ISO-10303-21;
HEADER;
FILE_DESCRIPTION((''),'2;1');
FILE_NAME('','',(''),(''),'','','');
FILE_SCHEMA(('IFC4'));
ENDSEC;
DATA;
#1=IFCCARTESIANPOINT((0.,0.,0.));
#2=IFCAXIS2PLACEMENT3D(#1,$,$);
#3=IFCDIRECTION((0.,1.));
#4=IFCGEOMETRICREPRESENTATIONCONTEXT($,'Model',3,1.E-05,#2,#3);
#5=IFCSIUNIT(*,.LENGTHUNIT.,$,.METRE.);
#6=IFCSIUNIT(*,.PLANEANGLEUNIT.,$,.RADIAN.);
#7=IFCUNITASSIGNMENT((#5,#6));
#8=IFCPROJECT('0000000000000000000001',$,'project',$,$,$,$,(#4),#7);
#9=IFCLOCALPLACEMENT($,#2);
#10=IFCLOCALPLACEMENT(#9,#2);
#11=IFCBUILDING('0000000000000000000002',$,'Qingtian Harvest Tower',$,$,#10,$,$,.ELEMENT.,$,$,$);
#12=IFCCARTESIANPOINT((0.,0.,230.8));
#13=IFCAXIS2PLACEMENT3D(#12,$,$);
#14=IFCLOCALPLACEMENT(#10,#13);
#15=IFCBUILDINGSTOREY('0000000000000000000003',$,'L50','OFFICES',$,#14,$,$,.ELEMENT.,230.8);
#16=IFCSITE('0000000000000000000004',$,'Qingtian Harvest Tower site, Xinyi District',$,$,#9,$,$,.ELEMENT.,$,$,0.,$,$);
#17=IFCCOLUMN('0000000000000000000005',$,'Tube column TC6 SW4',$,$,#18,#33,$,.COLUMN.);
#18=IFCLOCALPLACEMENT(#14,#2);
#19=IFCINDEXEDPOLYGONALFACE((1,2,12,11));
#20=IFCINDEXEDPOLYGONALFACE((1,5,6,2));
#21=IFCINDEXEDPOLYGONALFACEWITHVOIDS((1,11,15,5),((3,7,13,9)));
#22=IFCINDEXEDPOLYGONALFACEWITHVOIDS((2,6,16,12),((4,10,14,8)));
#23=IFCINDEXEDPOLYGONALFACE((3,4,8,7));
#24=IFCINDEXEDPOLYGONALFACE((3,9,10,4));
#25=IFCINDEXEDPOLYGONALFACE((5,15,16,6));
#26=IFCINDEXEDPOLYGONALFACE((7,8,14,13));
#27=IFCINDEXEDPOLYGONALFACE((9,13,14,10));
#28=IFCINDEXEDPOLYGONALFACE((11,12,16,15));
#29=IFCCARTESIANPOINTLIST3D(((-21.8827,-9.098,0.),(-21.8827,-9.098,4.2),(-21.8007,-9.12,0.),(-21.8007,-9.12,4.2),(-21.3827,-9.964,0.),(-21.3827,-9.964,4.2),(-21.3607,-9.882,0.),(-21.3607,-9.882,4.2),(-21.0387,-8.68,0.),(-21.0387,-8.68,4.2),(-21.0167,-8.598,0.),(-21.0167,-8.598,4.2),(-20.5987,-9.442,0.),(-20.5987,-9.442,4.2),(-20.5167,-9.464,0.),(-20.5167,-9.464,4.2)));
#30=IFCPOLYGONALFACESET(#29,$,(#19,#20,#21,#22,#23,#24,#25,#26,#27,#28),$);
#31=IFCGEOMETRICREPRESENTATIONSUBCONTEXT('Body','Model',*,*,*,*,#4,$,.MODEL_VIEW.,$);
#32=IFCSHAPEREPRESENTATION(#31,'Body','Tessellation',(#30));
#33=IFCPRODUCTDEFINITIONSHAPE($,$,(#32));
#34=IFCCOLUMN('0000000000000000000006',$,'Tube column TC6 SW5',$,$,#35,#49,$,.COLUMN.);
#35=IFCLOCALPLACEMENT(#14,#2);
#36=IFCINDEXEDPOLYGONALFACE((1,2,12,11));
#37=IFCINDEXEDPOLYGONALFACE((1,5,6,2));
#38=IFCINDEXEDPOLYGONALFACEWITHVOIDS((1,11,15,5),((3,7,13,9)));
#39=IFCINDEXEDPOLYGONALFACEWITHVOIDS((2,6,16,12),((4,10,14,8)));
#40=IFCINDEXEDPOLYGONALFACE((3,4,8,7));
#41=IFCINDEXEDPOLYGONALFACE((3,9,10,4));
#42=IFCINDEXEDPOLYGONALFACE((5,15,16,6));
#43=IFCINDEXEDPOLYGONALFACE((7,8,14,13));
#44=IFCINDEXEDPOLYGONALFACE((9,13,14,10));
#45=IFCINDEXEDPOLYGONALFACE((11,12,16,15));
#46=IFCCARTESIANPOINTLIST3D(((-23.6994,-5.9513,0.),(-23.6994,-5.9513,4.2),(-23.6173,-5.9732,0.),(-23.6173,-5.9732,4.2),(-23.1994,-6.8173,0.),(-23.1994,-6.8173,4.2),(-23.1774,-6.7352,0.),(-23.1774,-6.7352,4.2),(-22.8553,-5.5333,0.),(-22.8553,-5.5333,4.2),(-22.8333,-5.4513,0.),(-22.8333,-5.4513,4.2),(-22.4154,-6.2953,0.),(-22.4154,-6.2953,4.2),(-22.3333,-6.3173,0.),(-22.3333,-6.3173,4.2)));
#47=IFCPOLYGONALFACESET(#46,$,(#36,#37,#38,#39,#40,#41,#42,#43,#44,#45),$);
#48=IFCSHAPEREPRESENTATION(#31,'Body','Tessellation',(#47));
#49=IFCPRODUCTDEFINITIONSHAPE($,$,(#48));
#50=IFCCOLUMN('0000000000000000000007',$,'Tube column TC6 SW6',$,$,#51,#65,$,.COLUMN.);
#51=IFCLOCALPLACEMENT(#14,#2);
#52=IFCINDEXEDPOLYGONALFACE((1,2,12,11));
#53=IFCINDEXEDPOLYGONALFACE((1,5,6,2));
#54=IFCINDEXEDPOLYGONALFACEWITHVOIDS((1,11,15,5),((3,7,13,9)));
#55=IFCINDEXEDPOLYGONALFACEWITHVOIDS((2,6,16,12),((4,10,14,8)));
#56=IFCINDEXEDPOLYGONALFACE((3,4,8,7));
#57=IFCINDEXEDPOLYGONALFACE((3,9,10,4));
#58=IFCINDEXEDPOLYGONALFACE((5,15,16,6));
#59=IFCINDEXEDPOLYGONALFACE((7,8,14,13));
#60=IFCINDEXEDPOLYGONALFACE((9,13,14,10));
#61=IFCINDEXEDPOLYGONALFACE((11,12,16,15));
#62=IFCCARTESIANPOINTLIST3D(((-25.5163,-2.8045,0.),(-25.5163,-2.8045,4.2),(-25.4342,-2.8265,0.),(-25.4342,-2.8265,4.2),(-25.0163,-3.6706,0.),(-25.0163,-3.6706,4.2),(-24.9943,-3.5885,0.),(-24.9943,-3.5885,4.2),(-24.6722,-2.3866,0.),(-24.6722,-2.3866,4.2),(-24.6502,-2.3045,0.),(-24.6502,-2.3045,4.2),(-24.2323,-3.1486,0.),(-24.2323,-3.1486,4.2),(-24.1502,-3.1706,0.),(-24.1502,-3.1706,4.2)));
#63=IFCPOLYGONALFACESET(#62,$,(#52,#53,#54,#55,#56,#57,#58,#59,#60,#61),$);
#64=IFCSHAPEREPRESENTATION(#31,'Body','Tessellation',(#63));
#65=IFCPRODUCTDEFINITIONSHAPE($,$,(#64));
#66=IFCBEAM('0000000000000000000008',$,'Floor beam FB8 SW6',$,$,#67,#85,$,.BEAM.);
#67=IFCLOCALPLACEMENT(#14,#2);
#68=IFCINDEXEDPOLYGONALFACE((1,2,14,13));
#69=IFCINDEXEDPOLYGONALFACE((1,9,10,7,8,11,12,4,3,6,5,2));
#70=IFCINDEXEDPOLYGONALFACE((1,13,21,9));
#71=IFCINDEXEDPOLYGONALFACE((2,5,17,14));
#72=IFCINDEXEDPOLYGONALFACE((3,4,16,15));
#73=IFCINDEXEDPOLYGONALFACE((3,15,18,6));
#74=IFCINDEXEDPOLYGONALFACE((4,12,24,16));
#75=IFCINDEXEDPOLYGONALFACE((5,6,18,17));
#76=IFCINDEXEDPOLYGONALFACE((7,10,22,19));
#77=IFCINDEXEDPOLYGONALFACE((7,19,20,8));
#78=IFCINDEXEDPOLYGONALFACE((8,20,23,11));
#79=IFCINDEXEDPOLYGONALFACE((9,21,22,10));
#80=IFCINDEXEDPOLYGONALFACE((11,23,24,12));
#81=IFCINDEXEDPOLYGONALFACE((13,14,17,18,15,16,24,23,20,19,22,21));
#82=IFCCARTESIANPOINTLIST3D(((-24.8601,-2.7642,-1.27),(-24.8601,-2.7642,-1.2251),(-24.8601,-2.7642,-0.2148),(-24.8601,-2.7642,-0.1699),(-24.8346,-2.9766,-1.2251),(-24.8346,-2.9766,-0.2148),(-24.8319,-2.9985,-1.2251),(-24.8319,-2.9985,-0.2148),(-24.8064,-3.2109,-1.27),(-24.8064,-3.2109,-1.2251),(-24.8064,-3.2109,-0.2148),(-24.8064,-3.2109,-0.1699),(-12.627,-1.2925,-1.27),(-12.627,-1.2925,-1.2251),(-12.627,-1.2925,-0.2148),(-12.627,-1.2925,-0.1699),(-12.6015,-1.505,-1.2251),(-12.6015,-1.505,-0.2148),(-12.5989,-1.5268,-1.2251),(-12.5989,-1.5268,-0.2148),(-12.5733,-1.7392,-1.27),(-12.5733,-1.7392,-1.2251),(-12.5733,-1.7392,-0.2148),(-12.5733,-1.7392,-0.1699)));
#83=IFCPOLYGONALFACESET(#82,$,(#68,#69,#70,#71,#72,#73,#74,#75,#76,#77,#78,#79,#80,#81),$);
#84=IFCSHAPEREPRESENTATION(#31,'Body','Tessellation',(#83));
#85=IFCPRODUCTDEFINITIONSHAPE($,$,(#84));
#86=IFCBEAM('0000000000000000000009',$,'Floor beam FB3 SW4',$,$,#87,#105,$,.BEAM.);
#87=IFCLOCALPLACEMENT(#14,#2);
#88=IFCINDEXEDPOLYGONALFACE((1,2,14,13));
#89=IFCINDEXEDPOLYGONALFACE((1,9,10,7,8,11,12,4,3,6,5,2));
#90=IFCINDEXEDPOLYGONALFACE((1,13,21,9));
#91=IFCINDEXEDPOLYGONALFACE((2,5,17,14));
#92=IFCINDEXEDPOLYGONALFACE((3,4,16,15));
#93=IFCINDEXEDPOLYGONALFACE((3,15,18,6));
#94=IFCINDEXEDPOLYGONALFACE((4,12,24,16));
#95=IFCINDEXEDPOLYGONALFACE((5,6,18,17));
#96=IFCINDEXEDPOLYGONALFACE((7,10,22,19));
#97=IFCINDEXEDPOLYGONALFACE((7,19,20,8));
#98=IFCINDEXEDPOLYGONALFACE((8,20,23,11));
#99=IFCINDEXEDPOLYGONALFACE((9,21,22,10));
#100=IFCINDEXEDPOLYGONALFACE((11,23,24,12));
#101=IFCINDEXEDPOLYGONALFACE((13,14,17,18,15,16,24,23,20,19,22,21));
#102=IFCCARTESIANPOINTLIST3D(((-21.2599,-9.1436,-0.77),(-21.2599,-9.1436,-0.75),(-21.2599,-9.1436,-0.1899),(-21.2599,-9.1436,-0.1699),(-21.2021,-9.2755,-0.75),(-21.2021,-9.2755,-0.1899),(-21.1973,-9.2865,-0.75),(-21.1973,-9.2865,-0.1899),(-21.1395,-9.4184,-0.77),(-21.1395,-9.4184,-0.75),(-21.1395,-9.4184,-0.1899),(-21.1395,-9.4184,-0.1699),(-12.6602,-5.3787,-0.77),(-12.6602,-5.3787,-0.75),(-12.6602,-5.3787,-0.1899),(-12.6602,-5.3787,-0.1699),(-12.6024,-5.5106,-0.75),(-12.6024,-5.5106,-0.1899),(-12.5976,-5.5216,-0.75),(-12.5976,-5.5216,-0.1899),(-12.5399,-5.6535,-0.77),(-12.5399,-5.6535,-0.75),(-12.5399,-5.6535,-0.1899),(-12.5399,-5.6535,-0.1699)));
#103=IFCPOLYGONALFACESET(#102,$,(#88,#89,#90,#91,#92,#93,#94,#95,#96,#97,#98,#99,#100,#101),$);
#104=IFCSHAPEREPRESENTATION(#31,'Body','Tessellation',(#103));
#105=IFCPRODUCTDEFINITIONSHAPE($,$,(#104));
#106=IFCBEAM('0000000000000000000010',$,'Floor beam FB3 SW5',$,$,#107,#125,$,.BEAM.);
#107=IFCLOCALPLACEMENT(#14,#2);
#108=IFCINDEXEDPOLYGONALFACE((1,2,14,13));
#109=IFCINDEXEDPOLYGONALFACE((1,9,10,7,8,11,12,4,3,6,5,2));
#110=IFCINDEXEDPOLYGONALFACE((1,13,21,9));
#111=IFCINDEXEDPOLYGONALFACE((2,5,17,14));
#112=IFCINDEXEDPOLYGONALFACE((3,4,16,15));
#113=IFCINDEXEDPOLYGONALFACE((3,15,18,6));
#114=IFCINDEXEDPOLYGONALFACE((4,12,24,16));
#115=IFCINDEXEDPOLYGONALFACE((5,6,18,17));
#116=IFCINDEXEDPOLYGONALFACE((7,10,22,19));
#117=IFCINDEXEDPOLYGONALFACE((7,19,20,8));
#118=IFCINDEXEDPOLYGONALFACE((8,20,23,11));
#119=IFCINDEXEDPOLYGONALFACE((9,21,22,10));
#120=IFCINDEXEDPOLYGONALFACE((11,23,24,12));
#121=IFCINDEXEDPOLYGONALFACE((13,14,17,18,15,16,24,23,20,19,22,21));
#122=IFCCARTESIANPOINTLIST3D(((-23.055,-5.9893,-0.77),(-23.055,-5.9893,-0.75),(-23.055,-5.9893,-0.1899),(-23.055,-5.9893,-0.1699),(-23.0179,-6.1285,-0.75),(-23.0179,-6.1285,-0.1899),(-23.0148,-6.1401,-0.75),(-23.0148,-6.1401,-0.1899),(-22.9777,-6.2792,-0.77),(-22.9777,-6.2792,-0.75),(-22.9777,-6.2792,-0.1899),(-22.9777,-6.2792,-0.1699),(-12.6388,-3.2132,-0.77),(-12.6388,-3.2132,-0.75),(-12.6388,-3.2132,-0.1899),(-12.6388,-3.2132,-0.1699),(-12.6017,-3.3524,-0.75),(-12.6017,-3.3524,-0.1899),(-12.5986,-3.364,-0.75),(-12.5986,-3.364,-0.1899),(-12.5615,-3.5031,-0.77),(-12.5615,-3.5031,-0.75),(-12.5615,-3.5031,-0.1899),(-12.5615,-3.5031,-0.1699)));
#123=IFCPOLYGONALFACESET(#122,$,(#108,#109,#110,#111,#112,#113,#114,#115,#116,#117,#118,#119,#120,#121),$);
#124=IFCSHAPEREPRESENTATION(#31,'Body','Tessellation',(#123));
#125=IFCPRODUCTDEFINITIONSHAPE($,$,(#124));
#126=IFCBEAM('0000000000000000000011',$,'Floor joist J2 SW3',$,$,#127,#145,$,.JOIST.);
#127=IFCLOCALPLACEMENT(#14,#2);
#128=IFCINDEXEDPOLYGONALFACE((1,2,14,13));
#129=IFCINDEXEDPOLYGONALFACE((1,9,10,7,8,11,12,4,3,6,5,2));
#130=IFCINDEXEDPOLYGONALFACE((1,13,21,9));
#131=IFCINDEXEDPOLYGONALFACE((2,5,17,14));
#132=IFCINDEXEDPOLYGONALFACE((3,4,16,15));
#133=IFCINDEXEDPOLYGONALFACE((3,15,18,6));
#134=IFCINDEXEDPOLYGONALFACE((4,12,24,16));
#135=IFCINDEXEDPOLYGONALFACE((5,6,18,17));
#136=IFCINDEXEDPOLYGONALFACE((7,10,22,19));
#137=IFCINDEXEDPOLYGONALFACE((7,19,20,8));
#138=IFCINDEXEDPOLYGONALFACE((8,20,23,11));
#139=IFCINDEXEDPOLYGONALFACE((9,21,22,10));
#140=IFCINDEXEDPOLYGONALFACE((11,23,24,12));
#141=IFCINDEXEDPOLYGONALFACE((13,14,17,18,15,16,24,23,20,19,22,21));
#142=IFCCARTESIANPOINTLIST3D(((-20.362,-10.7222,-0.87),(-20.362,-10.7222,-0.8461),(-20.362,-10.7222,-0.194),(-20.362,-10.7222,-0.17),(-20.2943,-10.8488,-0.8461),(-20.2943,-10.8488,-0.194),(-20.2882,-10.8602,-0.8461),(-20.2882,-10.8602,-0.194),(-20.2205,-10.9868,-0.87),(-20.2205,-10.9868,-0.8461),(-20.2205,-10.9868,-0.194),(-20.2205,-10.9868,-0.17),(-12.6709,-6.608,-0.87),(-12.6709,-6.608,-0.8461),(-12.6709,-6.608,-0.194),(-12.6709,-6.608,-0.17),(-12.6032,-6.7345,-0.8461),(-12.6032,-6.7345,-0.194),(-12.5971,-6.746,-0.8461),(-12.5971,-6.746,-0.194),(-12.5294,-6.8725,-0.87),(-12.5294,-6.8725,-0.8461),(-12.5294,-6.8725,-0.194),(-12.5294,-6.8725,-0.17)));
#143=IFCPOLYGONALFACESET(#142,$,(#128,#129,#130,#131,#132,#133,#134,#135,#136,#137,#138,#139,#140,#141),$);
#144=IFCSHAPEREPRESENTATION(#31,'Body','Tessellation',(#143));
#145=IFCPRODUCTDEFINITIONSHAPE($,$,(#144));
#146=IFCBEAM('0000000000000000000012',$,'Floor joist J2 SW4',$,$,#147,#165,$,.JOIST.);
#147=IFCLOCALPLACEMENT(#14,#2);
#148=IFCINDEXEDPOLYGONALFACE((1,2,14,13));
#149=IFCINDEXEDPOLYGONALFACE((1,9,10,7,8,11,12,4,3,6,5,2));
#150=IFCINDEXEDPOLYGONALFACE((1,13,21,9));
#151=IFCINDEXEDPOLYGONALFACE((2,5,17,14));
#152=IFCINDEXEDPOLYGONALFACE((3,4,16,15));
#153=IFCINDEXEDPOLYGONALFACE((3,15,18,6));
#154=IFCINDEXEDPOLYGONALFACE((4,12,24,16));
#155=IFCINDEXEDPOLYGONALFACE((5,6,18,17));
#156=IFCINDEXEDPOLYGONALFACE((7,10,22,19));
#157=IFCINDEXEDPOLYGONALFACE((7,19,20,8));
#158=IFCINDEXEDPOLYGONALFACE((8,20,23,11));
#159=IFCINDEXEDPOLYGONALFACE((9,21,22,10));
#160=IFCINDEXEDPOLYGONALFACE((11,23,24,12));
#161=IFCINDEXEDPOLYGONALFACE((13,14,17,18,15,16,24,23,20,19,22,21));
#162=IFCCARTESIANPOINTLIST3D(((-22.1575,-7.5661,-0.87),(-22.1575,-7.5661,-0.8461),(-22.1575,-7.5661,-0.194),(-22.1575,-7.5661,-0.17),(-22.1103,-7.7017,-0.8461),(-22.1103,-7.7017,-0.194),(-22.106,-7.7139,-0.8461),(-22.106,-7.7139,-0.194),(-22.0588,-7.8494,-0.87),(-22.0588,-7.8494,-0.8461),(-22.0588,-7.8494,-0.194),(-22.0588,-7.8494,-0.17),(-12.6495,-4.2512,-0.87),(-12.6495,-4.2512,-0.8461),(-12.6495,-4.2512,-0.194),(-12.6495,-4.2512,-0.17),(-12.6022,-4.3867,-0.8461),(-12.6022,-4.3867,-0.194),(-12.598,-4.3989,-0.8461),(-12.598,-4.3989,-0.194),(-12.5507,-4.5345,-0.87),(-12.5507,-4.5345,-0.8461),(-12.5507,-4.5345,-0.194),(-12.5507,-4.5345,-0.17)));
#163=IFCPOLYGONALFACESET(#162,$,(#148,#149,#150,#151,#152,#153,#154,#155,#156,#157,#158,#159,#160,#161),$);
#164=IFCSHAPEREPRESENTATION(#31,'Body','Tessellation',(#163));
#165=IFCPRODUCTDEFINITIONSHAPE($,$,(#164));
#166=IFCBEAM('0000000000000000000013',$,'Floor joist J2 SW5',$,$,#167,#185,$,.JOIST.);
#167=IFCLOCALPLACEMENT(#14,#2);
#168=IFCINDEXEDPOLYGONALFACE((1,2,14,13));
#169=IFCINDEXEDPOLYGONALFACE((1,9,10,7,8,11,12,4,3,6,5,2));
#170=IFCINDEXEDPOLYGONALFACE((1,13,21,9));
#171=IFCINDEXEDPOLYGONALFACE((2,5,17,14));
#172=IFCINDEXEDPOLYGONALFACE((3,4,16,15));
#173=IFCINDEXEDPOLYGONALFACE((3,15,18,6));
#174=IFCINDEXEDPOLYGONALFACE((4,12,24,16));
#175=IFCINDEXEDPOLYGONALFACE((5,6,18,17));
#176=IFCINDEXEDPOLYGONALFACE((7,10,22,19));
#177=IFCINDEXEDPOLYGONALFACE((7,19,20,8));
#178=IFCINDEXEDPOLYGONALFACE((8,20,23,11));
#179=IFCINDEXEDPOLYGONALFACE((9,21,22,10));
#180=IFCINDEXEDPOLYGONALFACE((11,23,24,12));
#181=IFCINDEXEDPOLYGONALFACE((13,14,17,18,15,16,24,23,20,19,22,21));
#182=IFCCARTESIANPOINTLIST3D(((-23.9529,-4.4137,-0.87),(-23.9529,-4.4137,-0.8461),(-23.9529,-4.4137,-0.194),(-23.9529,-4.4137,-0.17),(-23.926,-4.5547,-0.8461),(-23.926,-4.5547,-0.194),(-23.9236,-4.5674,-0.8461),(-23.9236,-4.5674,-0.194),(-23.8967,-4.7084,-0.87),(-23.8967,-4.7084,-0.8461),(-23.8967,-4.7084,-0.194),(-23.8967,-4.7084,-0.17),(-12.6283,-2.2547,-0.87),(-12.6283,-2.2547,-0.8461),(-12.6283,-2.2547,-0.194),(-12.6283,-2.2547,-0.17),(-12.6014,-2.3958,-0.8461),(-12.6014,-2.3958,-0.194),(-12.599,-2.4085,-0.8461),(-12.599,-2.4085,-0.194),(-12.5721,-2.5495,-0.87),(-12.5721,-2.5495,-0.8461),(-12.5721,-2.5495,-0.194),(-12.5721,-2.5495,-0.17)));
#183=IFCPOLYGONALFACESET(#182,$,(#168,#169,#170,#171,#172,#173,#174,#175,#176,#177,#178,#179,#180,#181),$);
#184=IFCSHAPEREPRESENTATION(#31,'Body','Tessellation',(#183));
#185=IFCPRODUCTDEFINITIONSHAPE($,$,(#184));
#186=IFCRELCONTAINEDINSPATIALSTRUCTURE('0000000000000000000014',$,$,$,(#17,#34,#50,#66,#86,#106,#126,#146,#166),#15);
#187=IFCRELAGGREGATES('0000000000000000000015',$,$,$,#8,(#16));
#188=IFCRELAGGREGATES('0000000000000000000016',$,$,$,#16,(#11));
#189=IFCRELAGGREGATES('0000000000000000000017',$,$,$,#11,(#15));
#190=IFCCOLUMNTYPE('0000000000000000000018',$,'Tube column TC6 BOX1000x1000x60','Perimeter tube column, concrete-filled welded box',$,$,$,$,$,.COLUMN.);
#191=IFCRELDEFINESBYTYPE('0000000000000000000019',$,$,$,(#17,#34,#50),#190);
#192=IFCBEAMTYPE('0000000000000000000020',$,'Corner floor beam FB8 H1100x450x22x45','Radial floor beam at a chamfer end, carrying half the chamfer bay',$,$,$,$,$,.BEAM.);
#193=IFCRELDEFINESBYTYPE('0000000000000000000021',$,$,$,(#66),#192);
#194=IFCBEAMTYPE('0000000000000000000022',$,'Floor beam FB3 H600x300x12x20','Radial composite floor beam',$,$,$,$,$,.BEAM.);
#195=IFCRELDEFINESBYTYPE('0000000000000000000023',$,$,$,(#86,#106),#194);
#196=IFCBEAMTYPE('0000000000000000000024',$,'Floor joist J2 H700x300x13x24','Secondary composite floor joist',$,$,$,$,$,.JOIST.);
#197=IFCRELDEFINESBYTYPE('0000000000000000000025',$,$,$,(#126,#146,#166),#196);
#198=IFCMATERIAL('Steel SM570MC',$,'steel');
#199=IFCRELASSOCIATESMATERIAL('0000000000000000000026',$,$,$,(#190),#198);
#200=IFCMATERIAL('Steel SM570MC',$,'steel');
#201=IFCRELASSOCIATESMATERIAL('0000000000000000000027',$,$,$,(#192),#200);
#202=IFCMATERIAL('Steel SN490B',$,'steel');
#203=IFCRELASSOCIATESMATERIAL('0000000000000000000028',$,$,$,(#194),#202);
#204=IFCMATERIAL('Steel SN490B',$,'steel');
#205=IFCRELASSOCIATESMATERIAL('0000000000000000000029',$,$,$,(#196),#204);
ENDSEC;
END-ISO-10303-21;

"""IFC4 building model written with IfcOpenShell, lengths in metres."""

from ifc_helpers import new_model, si_unit, direction, frame, origin, origin_2d, place, context, subcontext, project, spatial, hollow_rectangle, i_section, extrude, material, material_profile, profile_set, type_object, element, save


model = new_model("IFC4")

# Units and contexts
model_context = context("Model", 3, precision=1e-05, world=origin(), true_north=direction((0.0, 1.0)))
body_context = subcontext(model_context, "Body", "Model", "MODEL_VIEW")
ifc_project = project(units=[si_unit("LENGTHUNIT", "METRE"), si_unit("PLANEANGLEUNIT", "RADIAN")], contexts=[model_context])

# Site, building, storey
site_placement = place(None, origin())
site = spatial("IfcSite", under=ifc_project, at=site_placement, Name="Qingtian Harvest Tower site, Xinyi District", CompositionType="ELEMENT", RefElevation=0.0)
building_placement = place(site_placement, origin())
building = spatial("IfcBuilding", under=site, at=building_placement, Name="Qingtian Harvest Tower", CompositionType="ELEMENT")
storey_placement = place(building_placement, frame((0.0, 0.0, 230.8)))
storey = spatial("IfcBuildingStorey", under=building, at=storey_placement, Name="L50", Description="OFFICES", CompositionType="ELEMENT", Elevation=230.8)

# Columns
ifc_material_1 = material(Name="Steel SM570MC", Category="steel")
ifc_material_profile_1 = material_profile(ifc_material_1, hollow_rectangle(XDim=1.0, YDim=1.0, WallThickness=0.0601, at=origin_2d()), Name="BOX1000x1000x60")
ifc_profile_set_1 = profile_set([ifc_material_profile_1], Name="Steel SM570MC")
column_type = type_object("IfcColumnType", Name="Tube column TC6 BOX1000x1000x60", Description="Perimeter tube column, concrete-filled welded box", PredefinedType="COLUMN", material=ifc_profile_set_1)
for number, where, z_axis, x_axis, name in (
    (1, (-21.1997, -9.281, 0.0), (0.0, 0.0, 1.0), (0.5, -0.866025, 0.0), "Tube column TC6 SW4"),
    (2, (-23.0164, -6.1343, 0.0), (0.0, 0.0, 1.0), (0.5, -0.866025, 0.0), "Tube column TC6 SW5"),
    (3, (-24.8333, -2.9875, 0.0), (0.0, 0.0, 1.0), (0.5, -0.866025, 0.0), "Tube column TC6 SW6"),
):
    element("IfcColumn", number, at=place(storey_placement, frame(where, z_axis=z_axis, x_axis=x_axis)), inside=storey, type_object=column_type, Name=name, PredefinedType="COLUMN", context=body_context, shape_type="SweptSolid", body=[
        extrude(hollow_rectangle(XDim=1.0, YDim=1.0, WallThickness=0.0601, at=origin_2d()), origin(), (0.0, 0.0, 1.0), 4.2),
    ])

# Beams
ifc_material_2 = material(Name="Steel SM570MC", Category="steel")
ifc_material_profile_2 = material_profile(ifc_material_2, i_section(OverallWidth=0.45, OverallDepth=1.1001, WebThickness=0.022, FlangeThickness=0.0449, at=origin_2d()), Name="H1100x450x22x45")
ifc_profile_set_2 = profile_set([ifc_material_profile_2], Name="Steel SM570MC")
beam_type_1 = type_object("IfcBeamType", Name="Corner floor beam FB8 H1100x450x22x45", Description="Radial floor beam at a chamfer end, carrying half the chamfer bay", PredefinedType="BEAM", material=ifc_profile_set_2)
beam_1_placement = place(storey_placement, frame((-24.8333, -2.9875, -0.72), z_axis=(0.992841, 0.119441, 0.0), x_axis=(-0.119441, 0.992841, 0.0)))
element("IfcBeam", 4, at=beam_1_placement, inside=storey, type_object=beam_type_1, Name="Floor beam FB8 SW6", PredefinedType="BEAM", context=body_context, shape_type="SweptSolid", body=[
    extrude(i_section(OverallWidth=0.45, OverallDepth=1.1001, WebThickness=0.022, FlangeThickness=0.0449, at=origin_2d()), origin(), (0.0, 0.0, 1.0), 12.3213),
])
ifc_material_3 = material(Name="Steel SN490B", Category="steel")
ifc_material_profile_3 = material_profile(ifc_material_3, i_section(OverallWidth=0.3, OverallDepth=0.6001, WebThickness=0.012, FlangeThickness=0.02, at=origin_2d()), Name="H600x300x12x20")
ifc_profile_set_3 = profile_set([ifc_material_profile_3], Name="Steel SN490B")
beam_type_2 = type_object("IfcBeamType", Name="Floor beam FB3 H600x300x12x20", Description="Radial composite floor beam", PredefinedType="BEAM", material=ifc_profile_set_3)
beam_2_placement = place(storey_placement, frame((-21.1997, -9.281, -0.47), z_axis=(0.916057, 0.401048, 0.0), x_axis=(-0.401048, 0.916057, 0.0)))
element("IfcBeam", 5, at=beam_2_placement, inside=storey, type_object=beam_type_2, Name="Floor beam FB3 SW4", PredefinedType="BEAM", context=body_context, shape_type="SweptSolid", body=[
    extrude(i_section(OverallWidth=0.3, OverallDepth=0.6001, WebThickness=0.012, FlangeThickness=0.02, at=origin_2d()), origin(), (0.0, 0.0, 1.0), 9.3877),
])
beam_3_placement = place(storey_placement, frame((-23.0164, -6.1343, -0.47), z_axis=(0.966271, 0.257529, 0.0), x_axis=(-0.257529, 0.966271, 0.0)))
element("IfcBeam", 6, at=beam_3_placement, inside=storey, type_object=beam_type_2, Name="Floor beam FB3 SW5", PredefinedType="BEAM", context=body_context, shape_type="SweptSolid", body=[
    extrude(i_section(OverallWidth=0.3, OverallDepth=0.6001, WebThickness=0.012, FlangeThickness=0.02, at=origin_2d()), origin(), (0.0, 0.0, 1.0), 10.7798),
])
ifc_material_4 = material(Name="Steel SN490B", Category="steel")
ifc_material_profile_4 = material_profile(ifc_material_4, i_section(OverallWidth=0.3, OverallDepth=0.7, WebThickness=0.0129, FlangeThickness=0.0239, at=origin_2d()), Name="H700x300x13x24")
ifc_profile_set_4 = profile_set([ifc_material_profile_4], Name="Steel SN490B")
beam_type_3 = type_object("IfcBeamType", Name="Floor joist J2 H700x300x13x24", Description="Secondary composite floor joist", PredefinedType="JOIST", material=ifc_profile_set_4)
beam_4_placement = place(storey_placement, frame((-20.2913, -10.8545, -0.52), z_axis=(0.881767, 0.471686, 0.0), x_axis=(-0.471686, 0.881767, 0.0)))
element("IfcBeam", 7, at=beam_4_placement, inside=storey, type_object=beam_type_3, Name="Floor joist J2 SW3", PredefinedType="JOIST", context=body_context, shape_type="SweptSolid", body=[
    extrude(i_section(OverallWidth=0.3, OverallDepth=0.7, WebThickness=0.0129, FlangeThickness=0.0239, at=origin_2d()), origin(), (0.0, 0.0, 1.0), 8.7224),
])
beam_5_placement = place(storey_placement, frame((-22.1082, -7.7078, -0.52), z_axis=(0.944256, 0.329211, 0.0), x_axis=(-0.329211, 0.944256, 0.0)))
element("IfcBeam", 8, at=beam_5_placement, inside=storey, type_object=beam_type_3, Name="Floor joist J2 SW4", PredefinedType="JOIST", context=body_context, shape_type="SweptSolid", body=[
    extrude(i_section(OverallWidth=0.3, OverallDepth=0.7, WebThickness=0.0129, FlangeThickness=0.0239, at=origin_2d()), origin(), (0.0, 0.0, 1.0), 10.0693),
])
beam_6_placement = place(storey_placement, frame((-23.9248, -4.561, -0.52), z_axis=(0.982309, 0.187267, 0.0), x_axis=(-0.187267, 0.982309, 0.0)))
element("IfcBeam", 9, at=beam_6_placement, inside=storey, type_object=beam_type_3, Name="Floor joist J2 SW5", PredefinedType="JOIST", context=body_context, shape_type="SweptSolid", body=[
    extrude(i_section(OverallWidth=0.3, OverallDepth=0.7, WebThickness=0.0129, FlangeThickness=0.0239, at=origin_2d()), origin(), (0.0, 0.0, 1.0), 11.5286),
])

save(model, "model.ifc")
